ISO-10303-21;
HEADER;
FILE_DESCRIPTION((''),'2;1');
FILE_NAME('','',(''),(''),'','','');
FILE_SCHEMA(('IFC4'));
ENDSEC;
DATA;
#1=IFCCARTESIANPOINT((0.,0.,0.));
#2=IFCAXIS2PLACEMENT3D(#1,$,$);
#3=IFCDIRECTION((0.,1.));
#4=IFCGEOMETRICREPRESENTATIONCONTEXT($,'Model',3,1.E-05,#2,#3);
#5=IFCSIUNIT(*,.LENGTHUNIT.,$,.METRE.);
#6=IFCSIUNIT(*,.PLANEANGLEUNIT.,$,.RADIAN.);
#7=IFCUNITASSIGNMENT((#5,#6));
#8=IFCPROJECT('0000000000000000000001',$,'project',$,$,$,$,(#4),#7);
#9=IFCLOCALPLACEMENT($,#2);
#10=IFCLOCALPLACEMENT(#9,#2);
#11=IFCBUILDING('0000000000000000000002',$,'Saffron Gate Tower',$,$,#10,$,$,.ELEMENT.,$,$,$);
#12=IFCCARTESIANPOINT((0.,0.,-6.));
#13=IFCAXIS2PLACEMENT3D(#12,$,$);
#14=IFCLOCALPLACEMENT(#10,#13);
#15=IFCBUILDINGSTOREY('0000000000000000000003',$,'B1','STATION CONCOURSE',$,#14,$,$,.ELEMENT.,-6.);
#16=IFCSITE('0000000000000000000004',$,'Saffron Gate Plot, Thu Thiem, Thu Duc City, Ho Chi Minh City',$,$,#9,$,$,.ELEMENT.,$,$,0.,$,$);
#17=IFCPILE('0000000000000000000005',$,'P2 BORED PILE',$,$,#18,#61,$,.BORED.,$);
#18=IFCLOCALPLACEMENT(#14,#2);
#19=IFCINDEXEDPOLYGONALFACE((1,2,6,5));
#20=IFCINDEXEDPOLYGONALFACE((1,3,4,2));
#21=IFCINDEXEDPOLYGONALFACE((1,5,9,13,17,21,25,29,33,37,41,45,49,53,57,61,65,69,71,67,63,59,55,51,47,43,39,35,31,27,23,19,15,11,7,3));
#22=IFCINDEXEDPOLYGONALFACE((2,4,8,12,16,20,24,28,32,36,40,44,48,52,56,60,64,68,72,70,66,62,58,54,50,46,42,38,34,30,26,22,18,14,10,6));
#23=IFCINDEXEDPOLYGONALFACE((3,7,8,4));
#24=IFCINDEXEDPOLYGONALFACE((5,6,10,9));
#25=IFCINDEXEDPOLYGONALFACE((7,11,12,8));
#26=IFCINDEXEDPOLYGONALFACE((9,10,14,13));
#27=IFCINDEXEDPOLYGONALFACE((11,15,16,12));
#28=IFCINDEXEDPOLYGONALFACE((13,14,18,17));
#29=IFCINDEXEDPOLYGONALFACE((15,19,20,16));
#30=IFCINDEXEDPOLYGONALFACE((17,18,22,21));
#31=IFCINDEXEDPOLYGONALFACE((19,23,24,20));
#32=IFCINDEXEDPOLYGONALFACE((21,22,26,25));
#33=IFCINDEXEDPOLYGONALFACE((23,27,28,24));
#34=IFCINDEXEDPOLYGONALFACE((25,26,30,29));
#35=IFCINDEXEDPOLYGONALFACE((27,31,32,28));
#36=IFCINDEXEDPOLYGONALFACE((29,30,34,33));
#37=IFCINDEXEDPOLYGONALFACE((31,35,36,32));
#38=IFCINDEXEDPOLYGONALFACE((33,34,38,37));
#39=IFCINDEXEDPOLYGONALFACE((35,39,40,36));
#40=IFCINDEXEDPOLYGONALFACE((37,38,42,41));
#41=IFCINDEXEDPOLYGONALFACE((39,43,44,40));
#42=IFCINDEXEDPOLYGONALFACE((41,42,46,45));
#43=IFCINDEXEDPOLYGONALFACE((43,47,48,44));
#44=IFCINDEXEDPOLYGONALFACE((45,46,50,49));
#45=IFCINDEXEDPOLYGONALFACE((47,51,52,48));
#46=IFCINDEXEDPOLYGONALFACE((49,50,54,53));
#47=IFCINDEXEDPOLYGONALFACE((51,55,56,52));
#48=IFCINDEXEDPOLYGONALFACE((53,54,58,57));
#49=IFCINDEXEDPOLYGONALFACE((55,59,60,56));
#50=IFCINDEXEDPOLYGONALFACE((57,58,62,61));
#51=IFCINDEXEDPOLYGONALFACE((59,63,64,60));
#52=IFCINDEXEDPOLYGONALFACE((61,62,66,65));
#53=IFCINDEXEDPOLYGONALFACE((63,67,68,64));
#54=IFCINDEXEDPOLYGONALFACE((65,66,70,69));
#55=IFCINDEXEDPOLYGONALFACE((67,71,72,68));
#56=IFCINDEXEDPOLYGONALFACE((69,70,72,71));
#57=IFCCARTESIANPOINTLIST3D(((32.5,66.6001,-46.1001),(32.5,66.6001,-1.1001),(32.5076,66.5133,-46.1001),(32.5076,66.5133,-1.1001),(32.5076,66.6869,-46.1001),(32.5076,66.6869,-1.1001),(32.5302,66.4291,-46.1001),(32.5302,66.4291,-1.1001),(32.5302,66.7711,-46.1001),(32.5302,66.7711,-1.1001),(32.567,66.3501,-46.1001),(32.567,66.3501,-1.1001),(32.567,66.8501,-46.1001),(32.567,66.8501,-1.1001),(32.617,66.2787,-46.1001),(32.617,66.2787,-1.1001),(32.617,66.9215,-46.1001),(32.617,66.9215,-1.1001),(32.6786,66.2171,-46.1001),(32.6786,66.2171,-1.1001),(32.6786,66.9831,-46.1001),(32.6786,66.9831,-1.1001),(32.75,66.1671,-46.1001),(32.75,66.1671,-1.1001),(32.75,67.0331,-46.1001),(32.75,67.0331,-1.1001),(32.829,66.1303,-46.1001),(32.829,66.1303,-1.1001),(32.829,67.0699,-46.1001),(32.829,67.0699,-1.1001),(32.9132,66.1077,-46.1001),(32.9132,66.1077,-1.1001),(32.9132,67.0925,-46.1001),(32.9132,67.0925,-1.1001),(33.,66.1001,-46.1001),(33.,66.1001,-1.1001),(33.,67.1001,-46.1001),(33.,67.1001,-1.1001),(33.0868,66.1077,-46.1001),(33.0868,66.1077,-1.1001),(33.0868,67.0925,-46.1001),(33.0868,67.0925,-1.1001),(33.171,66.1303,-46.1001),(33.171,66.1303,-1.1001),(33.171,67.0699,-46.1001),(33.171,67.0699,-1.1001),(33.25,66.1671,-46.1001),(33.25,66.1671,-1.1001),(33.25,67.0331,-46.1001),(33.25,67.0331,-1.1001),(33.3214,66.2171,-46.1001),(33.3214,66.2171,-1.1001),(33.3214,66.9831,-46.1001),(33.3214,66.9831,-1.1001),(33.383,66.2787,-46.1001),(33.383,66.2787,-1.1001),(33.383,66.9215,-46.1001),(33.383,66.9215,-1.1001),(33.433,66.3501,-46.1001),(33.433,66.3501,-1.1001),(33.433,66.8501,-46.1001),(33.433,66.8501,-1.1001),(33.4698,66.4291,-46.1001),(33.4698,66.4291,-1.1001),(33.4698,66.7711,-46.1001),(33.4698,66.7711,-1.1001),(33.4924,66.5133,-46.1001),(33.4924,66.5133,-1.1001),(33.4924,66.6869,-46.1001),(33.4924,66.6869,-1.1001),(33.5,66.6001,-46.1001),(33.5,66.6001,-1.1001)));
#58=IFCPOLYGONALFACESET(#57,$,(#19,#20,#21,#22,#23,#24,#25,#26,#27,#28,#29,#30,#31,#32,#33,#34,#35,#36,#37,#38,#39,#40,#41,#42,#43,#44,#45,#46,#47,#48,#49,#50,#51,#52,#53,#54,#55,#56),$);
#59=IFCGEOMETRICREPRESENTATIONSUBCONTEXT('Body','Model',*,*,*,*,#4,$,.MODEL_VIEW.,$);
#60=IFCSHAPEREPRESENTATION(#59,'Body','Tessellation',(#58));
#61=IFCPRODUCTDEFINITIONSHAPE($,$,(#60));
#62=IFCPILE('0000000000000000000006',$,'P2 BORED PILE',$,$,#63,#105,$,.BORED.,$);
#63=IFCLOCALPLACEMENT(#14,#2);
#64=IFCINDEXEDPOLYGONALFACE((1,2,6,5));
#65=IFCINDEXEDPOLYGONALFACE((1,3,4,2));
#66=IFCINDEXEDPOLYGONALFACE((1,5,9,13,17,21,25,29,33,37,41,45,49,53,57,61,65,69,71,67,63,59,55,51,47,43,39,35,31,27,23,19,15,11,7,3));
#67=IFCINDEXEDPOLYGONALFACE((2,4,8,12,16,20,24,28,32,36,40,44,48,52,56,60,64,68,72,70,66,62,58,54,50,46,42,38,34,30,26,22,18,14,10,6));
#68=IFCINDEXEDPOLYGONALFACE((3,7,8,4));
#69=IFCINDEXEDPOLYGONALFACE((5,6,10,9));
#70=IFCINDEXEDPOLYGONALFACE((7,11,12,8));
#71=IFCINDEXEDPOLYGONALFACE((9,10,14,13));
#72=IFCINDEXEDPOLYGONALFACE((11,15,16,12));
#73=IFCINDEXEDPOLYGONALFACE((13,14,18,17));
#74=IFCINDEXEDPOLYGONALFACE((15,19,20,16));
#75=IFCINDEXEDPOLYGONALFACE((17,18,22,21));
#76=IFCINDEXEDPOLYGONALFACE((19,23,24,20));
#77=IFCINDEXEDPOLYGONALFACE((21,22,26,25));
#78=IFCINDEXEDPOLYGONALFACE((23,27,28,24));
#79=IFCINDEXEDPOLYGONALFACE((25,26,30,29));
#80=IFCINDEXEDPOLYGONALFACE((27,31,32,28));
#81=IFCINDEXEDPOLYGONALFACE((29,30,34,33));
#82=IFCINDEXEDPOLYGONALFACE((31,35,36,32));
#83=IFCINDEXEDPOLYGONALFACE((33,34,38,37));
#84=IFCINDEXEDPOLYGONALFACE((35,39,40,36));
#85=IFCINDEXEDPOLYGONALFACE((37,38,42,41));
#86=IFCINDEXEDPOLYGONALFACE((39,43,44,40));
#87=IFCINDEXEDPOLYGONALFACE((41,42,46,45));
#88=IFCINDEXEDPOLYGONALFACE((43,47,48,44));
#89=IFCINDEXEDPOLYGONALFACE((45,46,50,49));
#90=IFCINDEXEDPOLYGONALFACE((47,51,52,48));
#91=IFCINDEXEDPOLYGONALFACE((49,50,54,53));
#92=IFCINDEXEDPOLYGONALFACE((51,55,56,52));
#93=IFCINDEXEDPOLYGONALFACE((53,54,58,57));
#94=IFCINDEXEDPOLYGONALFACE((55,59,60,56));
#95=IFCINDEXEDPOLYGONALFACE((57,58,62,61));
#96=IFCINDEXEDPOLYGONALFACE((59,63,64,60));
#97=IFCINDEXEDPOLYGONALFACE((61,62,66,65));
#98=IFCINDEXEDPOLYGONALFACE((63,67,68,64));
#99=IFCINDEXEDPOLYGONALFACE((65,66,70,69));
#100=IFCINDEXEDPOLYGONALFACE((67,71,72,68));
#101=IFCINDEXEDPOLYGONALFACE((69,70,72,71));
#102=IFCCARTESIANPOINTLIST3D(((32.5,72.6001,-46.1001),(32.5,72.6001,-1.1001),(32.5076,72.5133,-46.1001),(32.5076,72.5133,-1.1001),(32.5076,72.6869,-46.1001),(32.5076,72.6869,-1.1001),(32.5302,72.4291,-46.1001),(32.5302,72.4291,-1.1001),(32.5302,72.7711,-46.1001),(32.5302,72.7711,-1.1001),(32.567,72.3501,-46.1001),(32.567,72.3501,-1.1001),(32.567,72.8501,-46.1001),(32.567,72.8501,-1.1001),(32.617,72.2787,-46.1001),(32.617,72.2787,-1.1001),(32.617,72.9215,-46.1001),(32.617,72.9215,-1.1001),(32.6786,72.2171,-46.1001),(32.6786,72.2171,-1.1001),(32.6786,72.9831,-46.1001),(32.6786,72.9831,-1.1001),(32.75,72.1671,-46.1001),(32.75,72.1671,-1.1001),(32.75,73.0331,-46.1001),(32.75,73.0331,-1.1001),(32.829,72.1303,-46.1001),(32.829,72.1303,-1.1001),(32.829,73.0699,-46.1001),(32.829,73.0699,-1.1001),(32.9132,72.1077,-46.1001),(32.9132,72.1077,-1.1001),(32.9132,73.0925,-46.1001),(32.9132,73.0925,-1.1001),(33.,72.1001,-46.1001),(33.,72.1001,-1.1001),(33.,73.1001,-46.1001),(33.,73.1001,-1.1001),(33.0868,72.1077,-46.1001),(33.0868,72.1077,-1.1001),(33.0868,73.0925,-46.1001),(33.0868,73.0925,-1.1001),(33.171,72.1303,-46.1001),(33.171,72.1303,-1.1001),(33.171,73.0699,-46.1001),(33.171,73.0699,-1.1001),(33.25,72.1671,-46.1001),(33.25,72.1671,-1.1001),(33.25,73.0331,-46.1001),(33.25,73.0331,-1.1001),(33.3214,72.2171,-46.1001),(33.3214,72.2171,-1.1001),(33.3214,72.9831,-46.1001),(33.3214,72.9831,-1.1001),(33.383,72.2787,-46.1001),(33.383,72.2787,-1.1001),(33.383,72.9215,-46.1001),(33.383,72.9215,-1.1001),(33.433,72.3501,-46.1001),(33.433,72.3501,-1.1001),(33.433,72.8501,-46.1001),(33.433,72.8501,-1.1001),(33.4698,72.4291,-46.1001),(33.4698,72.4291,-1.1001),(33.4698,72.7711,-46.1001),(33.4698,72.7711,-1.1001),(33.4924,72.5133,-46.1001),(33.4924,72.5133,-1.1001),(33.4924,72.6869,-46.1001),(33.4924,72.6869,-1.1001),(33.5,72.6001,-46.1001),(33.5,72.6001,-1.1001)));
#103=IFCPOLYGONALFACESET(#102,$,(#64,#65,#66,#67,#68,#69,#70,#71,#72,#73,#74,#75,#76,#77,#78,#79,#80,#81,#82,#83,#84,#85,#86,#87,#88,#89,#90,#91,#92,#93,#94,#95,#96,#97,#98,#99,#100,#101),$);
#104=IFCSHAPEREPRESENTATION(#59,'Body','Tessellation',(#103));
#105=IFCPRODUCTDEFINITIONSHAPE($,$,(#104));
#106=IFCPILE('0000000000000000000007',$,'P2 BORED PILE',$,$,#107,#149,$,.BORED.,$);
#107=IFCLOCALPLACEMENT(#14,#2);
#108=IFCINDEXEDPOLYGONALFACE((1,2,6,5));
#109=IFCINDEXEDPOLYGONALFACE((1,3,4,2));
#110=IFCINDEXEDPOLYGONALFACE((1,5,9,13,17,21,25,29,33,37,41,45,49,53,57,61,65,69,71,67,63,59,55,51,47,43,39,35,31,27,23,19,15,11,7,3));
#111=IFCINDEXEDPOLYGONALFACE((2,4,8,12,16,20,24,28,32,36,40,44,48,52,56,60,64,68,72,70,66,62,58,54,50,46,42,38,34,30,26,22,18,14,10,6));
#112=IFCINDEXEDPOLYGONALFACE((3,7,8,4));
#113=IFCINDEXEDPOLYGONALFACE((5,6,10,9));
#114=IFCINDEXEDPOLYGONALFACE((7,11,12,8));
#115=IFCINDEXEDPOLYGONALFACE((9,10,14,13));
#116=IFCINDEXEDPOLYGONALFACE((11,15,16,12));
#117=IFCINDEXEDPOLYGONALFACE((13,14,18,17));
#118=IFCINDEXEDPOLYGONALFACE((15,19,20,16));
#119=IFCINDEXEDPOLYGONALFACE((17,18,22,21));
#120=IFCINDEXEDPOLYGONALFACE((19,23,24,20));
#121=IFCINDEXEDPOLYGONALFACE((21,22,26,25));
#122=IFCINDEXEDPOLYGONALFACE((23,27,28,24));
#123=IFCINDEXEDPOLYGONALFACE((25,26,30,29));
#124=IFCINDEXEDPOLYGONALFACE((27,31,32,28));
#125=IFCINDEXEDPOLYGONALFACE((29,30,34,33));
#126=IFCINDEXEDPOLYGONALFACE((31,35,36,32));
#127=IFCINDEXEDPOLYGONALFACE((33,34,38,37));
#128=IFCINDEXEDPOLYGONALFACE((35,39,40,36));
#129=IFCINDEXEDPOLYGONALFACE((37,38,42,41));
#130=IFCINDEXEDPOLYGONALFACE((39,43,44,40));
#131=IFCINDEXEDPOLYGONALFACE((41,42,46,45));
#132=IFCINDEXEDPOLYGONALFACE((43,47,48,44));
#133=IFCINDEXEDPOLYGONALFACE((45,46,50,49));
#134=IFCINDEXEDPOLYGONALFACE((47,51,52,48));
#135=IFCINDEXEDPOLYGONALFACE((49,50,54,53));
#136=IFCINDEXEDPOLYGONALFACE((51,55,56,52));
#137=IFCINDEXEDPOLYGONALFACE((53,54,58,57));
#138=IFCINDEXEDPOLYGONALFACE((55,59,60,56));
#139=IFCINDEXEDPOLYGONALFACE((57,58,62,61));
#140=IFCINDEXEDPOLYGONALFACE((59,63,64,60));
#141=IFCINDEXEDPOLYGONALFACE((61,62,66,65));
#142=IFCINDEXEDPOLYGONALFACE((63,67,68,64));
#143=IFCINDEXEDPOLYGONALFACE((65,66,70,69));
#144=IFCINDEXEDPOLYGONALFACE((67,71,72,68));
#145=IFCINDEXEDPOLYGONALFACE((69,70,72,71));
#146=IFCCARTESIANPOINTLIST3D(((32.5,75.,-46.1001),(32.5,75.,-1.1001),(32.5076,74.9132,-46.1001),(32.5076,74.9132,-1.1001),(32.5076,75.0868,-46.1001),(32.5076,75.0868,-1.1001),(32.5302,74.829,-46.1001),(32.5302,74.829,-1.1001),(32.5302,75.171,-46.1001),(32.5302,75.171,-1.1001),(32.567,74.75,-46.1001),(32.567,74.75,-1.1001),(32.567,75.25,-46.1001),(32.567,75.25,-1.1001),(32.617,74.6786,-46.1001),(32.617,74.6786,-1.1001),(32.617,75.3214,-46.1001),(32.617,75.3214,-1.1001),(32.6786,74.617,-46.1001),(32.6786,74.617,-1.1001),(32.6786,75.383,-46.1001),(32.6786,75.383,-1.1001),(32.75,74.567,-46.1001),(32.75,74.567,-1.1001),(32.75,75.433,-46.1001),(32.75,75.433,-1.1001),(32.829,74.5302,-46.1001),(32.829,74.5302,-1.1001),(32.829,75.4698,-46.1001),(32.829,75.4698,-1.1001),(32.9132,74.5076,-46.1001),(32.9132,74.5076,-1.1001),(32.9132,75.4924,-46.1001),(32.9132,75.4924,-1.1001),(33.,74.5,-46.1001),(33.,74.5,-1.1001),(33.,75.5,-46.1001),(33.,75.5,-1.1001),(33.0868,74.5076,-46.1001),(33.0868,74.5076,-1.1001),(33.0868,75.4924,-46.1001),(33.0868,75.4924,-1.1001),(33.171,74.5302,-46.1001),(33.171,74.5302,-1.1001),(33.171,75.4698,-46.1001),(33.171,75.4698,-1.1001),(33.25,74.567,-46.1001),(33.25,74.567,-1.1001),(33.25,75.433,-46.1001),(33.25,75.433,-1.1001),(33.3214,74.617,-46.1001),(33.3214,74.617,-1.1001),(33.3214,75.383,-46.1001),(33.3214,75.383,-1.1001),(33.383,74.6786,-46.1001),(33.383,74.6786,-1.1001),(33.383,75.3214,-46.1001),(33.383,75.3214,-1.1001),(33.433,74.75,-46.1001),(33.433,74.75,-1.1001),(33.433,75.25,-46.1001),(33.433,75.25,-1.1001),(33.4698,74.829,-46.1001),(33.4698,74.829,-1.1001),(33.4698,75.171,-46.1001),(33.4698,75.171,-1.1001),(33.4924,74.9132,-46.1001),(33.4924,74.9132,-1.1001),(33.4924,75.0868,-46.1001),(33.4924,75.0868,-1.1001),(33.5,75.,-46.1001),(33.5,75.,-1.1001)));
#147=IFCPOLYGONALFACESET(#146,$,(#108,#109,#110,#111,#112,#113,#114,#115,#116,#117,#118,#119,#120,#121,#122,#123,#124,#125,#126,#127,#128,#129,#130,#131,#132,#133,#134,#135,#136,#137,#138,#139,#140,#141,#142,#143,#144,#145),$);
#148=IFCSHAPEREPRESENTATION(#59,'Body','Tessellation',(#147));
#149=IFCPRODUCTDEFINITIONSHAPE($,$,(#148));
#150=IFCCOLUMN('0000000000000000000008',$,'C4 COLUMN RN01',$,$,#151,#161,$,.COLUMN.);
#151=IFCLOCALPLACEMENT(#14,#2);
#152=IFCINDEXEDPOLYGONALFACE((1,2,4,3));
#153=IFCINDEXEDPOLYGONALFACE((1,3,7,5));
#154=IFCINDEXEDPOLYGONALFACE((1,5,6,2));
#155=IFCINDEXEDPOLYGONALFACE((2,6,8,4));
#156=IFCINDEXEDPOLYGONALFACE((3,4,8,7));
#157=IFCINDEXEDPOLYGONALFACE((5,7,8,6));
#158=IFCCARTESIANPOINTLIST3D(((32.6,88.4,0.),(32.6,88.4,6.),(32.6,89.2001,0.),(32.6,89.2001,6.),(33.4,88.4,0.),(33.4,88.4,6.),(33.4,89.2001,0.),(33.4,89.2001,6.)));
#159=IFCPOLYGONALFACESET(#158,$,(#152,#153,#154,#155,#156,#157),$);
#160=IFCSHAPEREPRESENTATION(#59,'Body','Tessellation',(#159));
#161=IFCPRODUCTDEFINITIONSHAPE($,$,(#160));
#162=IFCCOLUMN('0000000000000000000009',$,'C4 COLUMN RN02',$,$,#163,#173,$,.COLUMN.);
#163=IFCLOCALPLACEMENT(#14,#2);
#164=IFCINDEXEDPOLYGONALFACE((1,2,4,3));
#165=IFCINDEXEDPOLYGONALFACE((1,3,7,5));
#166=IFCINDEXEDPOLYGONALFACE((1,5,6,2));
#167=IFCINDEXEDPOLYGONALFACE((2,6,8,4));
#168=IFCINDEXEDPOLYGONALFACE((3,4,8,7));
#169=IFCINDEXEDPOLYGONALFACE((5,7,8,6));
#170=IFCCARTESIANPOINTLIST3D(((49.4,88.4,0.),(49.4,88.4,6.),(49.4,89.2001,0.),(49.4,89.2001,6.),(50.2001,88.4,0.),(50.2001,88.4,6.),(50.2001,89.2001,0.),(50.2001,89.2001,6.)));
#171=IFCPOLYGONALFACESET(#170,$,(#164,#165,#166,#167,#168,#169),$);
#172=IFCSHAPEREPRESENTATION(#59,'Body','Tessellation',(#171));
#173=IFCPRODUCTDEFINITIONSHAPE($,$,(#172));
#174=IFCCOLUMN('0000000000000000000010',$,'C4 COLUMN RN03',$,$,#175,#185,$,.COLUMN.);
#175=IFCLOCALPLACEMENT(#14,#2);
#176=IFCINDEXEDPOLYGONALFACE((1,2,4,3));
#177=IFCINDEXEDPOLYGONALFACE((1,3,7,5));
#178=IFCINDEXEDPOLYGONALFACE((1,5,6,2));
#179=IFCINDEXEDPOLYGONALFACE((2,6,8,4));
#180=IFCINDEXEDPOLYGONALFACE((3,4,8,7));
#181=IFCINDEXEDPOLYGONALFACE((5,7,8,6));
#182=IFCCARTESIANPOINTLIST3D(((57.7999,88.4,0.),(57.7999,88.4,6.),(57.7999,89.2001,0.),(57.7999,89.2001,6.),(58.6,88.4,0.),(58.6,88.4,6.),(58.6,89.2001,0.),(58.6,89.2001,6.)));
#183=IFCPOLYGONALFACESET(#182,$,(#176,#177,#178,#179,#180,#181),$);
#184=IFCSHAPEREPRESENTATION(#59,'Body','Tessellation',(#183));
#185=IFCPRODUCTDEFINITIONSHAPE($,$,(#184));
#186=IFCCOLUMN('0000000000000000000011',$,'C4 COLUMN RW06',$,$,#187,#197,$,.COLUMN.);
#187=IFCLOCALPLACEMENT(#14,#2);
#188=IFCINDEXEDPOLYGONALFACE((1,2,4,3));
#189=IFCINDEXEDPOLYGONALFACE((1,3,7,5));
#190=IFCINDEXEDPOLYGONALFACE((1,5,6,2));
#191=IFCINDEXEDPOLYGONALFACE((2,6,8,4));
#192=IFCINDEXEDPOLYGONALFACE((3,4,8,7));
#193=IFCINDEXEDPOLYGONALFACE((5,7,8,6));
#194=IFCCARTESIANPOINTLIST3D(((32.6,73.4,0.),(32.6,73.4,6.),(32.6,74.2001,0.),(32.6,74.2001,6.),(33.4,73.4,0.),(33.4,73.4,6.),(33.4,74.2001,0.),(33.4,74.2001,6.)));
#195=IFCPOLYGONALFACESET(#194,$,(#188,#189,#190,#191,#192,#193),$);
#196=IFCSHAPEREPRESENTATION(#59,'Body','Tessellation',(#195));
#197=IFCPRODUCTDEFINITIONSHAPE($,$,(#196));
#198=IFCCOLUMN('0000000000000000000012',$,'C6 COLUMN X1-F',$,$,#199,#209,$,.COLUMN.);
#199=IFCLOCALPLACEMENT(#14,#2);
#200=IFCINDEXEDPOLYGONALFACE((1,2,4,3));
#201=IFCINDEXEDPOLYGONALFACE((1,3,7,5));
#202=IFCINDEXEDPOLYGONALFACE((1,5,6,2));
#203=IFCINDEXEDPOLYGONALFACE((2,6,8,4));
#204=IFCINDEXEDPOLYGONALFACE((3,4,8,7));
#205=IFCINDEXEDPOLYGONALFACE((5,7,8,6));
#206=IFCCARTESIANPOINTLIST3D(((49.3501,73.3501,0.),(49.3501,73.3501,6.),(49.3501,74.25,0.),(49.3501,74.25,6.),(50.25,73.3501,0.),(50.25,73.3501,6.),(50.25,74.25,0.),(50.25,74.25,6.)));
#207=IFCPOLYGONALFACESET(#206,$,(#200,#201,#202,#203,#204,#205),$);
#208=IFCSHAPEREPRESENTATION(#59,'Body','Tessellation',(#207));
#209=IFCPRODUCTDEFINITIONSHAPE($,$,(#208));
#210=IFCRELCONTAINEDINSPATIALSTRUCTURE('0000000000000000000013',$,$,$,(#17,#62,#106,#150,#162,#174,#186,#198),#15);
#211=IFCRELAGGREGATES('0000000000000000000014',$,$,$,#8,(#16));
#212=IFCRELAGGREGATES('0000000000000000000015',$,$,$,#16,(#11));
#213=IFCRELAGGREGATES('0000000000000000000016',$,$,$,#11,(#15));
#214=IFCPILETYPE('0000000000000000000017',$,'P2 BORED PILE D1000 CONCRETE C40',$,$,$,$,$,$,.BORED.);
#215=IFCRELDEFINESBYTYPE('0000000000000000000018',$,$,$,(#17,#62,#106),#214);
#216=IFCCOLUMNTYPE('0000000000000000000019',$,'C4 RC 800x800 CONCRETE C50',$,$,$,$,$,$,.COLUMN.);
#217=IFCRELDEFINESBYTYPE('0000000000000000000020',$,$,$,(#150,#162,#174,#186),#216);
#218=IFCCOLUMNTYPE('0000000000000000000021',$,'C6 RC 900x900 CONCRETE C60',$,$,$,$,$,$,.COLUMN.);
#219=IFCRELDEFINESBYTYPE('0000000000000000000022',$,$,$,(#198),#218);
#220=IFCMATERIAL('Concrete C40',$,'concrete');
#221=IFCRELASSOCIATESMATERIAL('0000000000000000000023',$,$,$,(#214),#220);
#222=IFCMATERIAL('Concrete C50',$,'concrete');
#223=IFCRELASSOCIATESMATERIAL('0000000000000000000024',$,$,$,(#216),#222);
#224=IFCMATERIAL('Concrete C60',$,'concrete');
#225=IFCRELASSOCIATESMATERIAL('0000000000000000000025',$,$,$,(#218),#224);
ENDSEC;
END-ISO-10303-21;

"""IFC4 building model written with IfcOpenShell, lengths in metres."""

from ifc_helpers import new_model, si_unit, direction, frame, origin, origin_2d, place, context, subcontext, project, spatial, rectangle, circle, extrude, material, material_profile, profile_set, type_object, element, save


model = new_model("IFC4")

# Units and contexts
model_context = context("Model", 3, precision=1e-05, world=origin(), true_north=direction((0.0, 1.0)))
body_context = subcontext(model_context, "Body", "Model", "MODEL_VIEW")
ifc_project = project(units=[si_unit("LENGTHUNIT", "METRE"), si_unit("PLANEANGLEUNIT", "RADIAN")], contexts=[model_context])

# Site, building, storey
site_placement = place(None, origin())
site = spatial("IfcSite", under=ifc_project, at=site_placement, Name="Saffron Gate Plot, Thu Thiem, Thu Duc City, Ho Chi Minh City", CompositionType="ELEMENT", RefElevation=0.0)
building_placement = place(site_placement, origin())
building = spatial("IfcBuilding", under=site, at=building_placement, Name="Saffron Gate Tower", CompositionType="ELEMENT")
storey_placement = place(building_placement, frame((0.0, 0.0, -6.0)))
storey = spatial("IfcBuildingStorey", under=building, at=storey_placement, Name="B1", Description="STATION CONCOURSE", CompositionType="ELEMENT", Elevation=-6.0)

# Piles
ifc_material_1 = material(Name="Concrete C40", Category="concrete")
ifc_material_profile_1 = material_profile(ifc_material_1, circle(Radius=0.5, at=origin_2d()))
ifc_profile_set_1 = profile_set([ifc_material_profile_1], Name="Concrete C40")
pile_type_1 = type_object("IfcPileType", Name="P2 BORED PILE D1000 CONCRETE C40", PredefinedType="BORED", material=ifc_profile_set_1)
for number, where, z_axis, x_axis, name in (
    (1, (33.0, 66.6001, -1.1001), (0.0, 0.0, -1.0), (1.0, 0.0, 0.0), "P2 BORED PILE"),
    (2, (33.0, 72.6001, -1.1001), (0.0, 0.0, -1.0), (1.0, 0.0, 0.0), "P2 BORED PILE"),
    (3, (33.0, 75.0, -1.1001), (0.0, 0.0, -1.0), (1.0, 0.0, 0.0), "P2 BORED PILE"),
):
    element("IfcPile", number, at=place(storey_placement, frame(where, z_axis=z_axis, x_axis=x_axis)), inside=storey, type_object=pile_type_1, Name=name, PredefinedType="BORED", context=body_context, shape_type="SweptSolid", body=[
        extrude(circle(Radius=0.5, at=origin_2d()), origin(), (0.0, 0.0, 1.0), 45.0),
    ])

# Columns
ifc_material_2 = material(Name="Concrete C50", Category="concrete")
ifc_material_profile_2 = material_profile(ifc_material_2, rectangle(XDim=0.8, YDim=0.8, at=origin_2d()))
ifc_profile_set_2 = profile_set([ifc_material_profile_2], Name="Concrete C50")
column_type_1 = type_object("IfcColumnType", Name="C4 RC 800x800 CONCRETE C50", PredefinedType="COLUMN", material=ifc_profile_set_2)
for number, where, z_axis, x_axis, name in (
    (4, (33.0, 88.8, 0.0), (0.0, 0.0, 1.0), (1.0, 0.0, 0.0), "C4 COLUMN RN01"),
    (5, (49.8, 88.8, 0.0), (0.0, 0.0, 1.0), (1.0, 0.0, 0.0), "C4 COLUMN RN02"),
    (6, (58.2, 88.8, 0.0), (0.0, 0.0, 1.0), (1.0, 0.0, 0.0), "C4 COLUMN RN03"),
    (7, (33.0, 73.8, 0.0), (0.0, 0.0, 1.0), (1.0, 0.0, 0.0), "C4 COLUMN RW06"),
):
    element("IfcColumn", number, at=place(storey_placement, frame(where, z_axis=z_axis, x_axis=x_axis)), inside=storey, type_object=column_type_1, Name=name, PredefinedType="COLUMN", context=body_context, shape_type="SweptSolid", body=[
        extrude(rectangle(XDim=0.8, YDim=0.8, at=origin_2d()), origin(), (0.0, 0.0, 1.0), 6.0),
    ])
ifc_material_3 = material(Name="Concrete C60", Category="concrete")
ifc_material_profile_3 = material_profile(ifc_material_3, rectangle(XDim=0.8999, YDim=0.8999, at=origin_2d()))
ifc_profile_set_3 = profile_set([ifc_material_profile_3], Name="Concrete C60")
column_type_2 = type_object("IfcColumnType", Name="C6 RC 900x900 CONCRETE C60", PredefinedType="COLUMN", material=ifc_profile_set_3)
for number, where, z_axis, x_axis, name in (
    (8, (49.8, 73.8, 0.0), (0.0, 0.0, 1.0), (1.0, 0.0, 0.0), "C6 COLUMN X1-F"),
):
    element("IfcColumn", number, at=place(storey_placement, frame(where, z_axis=z_axis, x_axis=x_axis)), inside=storey, type_object=column_type_2, Name=name, PredefinedType="COLUMN", context=body_context, shape_type="SweptSolid", body=[
        extrude(rectangle(XDim=0.8999, YDim=0.8999, at=origin_2d()), origin(), (0.0, 0.0, 1.0), 6.0),
    ])

save(model, "model.ifc")
